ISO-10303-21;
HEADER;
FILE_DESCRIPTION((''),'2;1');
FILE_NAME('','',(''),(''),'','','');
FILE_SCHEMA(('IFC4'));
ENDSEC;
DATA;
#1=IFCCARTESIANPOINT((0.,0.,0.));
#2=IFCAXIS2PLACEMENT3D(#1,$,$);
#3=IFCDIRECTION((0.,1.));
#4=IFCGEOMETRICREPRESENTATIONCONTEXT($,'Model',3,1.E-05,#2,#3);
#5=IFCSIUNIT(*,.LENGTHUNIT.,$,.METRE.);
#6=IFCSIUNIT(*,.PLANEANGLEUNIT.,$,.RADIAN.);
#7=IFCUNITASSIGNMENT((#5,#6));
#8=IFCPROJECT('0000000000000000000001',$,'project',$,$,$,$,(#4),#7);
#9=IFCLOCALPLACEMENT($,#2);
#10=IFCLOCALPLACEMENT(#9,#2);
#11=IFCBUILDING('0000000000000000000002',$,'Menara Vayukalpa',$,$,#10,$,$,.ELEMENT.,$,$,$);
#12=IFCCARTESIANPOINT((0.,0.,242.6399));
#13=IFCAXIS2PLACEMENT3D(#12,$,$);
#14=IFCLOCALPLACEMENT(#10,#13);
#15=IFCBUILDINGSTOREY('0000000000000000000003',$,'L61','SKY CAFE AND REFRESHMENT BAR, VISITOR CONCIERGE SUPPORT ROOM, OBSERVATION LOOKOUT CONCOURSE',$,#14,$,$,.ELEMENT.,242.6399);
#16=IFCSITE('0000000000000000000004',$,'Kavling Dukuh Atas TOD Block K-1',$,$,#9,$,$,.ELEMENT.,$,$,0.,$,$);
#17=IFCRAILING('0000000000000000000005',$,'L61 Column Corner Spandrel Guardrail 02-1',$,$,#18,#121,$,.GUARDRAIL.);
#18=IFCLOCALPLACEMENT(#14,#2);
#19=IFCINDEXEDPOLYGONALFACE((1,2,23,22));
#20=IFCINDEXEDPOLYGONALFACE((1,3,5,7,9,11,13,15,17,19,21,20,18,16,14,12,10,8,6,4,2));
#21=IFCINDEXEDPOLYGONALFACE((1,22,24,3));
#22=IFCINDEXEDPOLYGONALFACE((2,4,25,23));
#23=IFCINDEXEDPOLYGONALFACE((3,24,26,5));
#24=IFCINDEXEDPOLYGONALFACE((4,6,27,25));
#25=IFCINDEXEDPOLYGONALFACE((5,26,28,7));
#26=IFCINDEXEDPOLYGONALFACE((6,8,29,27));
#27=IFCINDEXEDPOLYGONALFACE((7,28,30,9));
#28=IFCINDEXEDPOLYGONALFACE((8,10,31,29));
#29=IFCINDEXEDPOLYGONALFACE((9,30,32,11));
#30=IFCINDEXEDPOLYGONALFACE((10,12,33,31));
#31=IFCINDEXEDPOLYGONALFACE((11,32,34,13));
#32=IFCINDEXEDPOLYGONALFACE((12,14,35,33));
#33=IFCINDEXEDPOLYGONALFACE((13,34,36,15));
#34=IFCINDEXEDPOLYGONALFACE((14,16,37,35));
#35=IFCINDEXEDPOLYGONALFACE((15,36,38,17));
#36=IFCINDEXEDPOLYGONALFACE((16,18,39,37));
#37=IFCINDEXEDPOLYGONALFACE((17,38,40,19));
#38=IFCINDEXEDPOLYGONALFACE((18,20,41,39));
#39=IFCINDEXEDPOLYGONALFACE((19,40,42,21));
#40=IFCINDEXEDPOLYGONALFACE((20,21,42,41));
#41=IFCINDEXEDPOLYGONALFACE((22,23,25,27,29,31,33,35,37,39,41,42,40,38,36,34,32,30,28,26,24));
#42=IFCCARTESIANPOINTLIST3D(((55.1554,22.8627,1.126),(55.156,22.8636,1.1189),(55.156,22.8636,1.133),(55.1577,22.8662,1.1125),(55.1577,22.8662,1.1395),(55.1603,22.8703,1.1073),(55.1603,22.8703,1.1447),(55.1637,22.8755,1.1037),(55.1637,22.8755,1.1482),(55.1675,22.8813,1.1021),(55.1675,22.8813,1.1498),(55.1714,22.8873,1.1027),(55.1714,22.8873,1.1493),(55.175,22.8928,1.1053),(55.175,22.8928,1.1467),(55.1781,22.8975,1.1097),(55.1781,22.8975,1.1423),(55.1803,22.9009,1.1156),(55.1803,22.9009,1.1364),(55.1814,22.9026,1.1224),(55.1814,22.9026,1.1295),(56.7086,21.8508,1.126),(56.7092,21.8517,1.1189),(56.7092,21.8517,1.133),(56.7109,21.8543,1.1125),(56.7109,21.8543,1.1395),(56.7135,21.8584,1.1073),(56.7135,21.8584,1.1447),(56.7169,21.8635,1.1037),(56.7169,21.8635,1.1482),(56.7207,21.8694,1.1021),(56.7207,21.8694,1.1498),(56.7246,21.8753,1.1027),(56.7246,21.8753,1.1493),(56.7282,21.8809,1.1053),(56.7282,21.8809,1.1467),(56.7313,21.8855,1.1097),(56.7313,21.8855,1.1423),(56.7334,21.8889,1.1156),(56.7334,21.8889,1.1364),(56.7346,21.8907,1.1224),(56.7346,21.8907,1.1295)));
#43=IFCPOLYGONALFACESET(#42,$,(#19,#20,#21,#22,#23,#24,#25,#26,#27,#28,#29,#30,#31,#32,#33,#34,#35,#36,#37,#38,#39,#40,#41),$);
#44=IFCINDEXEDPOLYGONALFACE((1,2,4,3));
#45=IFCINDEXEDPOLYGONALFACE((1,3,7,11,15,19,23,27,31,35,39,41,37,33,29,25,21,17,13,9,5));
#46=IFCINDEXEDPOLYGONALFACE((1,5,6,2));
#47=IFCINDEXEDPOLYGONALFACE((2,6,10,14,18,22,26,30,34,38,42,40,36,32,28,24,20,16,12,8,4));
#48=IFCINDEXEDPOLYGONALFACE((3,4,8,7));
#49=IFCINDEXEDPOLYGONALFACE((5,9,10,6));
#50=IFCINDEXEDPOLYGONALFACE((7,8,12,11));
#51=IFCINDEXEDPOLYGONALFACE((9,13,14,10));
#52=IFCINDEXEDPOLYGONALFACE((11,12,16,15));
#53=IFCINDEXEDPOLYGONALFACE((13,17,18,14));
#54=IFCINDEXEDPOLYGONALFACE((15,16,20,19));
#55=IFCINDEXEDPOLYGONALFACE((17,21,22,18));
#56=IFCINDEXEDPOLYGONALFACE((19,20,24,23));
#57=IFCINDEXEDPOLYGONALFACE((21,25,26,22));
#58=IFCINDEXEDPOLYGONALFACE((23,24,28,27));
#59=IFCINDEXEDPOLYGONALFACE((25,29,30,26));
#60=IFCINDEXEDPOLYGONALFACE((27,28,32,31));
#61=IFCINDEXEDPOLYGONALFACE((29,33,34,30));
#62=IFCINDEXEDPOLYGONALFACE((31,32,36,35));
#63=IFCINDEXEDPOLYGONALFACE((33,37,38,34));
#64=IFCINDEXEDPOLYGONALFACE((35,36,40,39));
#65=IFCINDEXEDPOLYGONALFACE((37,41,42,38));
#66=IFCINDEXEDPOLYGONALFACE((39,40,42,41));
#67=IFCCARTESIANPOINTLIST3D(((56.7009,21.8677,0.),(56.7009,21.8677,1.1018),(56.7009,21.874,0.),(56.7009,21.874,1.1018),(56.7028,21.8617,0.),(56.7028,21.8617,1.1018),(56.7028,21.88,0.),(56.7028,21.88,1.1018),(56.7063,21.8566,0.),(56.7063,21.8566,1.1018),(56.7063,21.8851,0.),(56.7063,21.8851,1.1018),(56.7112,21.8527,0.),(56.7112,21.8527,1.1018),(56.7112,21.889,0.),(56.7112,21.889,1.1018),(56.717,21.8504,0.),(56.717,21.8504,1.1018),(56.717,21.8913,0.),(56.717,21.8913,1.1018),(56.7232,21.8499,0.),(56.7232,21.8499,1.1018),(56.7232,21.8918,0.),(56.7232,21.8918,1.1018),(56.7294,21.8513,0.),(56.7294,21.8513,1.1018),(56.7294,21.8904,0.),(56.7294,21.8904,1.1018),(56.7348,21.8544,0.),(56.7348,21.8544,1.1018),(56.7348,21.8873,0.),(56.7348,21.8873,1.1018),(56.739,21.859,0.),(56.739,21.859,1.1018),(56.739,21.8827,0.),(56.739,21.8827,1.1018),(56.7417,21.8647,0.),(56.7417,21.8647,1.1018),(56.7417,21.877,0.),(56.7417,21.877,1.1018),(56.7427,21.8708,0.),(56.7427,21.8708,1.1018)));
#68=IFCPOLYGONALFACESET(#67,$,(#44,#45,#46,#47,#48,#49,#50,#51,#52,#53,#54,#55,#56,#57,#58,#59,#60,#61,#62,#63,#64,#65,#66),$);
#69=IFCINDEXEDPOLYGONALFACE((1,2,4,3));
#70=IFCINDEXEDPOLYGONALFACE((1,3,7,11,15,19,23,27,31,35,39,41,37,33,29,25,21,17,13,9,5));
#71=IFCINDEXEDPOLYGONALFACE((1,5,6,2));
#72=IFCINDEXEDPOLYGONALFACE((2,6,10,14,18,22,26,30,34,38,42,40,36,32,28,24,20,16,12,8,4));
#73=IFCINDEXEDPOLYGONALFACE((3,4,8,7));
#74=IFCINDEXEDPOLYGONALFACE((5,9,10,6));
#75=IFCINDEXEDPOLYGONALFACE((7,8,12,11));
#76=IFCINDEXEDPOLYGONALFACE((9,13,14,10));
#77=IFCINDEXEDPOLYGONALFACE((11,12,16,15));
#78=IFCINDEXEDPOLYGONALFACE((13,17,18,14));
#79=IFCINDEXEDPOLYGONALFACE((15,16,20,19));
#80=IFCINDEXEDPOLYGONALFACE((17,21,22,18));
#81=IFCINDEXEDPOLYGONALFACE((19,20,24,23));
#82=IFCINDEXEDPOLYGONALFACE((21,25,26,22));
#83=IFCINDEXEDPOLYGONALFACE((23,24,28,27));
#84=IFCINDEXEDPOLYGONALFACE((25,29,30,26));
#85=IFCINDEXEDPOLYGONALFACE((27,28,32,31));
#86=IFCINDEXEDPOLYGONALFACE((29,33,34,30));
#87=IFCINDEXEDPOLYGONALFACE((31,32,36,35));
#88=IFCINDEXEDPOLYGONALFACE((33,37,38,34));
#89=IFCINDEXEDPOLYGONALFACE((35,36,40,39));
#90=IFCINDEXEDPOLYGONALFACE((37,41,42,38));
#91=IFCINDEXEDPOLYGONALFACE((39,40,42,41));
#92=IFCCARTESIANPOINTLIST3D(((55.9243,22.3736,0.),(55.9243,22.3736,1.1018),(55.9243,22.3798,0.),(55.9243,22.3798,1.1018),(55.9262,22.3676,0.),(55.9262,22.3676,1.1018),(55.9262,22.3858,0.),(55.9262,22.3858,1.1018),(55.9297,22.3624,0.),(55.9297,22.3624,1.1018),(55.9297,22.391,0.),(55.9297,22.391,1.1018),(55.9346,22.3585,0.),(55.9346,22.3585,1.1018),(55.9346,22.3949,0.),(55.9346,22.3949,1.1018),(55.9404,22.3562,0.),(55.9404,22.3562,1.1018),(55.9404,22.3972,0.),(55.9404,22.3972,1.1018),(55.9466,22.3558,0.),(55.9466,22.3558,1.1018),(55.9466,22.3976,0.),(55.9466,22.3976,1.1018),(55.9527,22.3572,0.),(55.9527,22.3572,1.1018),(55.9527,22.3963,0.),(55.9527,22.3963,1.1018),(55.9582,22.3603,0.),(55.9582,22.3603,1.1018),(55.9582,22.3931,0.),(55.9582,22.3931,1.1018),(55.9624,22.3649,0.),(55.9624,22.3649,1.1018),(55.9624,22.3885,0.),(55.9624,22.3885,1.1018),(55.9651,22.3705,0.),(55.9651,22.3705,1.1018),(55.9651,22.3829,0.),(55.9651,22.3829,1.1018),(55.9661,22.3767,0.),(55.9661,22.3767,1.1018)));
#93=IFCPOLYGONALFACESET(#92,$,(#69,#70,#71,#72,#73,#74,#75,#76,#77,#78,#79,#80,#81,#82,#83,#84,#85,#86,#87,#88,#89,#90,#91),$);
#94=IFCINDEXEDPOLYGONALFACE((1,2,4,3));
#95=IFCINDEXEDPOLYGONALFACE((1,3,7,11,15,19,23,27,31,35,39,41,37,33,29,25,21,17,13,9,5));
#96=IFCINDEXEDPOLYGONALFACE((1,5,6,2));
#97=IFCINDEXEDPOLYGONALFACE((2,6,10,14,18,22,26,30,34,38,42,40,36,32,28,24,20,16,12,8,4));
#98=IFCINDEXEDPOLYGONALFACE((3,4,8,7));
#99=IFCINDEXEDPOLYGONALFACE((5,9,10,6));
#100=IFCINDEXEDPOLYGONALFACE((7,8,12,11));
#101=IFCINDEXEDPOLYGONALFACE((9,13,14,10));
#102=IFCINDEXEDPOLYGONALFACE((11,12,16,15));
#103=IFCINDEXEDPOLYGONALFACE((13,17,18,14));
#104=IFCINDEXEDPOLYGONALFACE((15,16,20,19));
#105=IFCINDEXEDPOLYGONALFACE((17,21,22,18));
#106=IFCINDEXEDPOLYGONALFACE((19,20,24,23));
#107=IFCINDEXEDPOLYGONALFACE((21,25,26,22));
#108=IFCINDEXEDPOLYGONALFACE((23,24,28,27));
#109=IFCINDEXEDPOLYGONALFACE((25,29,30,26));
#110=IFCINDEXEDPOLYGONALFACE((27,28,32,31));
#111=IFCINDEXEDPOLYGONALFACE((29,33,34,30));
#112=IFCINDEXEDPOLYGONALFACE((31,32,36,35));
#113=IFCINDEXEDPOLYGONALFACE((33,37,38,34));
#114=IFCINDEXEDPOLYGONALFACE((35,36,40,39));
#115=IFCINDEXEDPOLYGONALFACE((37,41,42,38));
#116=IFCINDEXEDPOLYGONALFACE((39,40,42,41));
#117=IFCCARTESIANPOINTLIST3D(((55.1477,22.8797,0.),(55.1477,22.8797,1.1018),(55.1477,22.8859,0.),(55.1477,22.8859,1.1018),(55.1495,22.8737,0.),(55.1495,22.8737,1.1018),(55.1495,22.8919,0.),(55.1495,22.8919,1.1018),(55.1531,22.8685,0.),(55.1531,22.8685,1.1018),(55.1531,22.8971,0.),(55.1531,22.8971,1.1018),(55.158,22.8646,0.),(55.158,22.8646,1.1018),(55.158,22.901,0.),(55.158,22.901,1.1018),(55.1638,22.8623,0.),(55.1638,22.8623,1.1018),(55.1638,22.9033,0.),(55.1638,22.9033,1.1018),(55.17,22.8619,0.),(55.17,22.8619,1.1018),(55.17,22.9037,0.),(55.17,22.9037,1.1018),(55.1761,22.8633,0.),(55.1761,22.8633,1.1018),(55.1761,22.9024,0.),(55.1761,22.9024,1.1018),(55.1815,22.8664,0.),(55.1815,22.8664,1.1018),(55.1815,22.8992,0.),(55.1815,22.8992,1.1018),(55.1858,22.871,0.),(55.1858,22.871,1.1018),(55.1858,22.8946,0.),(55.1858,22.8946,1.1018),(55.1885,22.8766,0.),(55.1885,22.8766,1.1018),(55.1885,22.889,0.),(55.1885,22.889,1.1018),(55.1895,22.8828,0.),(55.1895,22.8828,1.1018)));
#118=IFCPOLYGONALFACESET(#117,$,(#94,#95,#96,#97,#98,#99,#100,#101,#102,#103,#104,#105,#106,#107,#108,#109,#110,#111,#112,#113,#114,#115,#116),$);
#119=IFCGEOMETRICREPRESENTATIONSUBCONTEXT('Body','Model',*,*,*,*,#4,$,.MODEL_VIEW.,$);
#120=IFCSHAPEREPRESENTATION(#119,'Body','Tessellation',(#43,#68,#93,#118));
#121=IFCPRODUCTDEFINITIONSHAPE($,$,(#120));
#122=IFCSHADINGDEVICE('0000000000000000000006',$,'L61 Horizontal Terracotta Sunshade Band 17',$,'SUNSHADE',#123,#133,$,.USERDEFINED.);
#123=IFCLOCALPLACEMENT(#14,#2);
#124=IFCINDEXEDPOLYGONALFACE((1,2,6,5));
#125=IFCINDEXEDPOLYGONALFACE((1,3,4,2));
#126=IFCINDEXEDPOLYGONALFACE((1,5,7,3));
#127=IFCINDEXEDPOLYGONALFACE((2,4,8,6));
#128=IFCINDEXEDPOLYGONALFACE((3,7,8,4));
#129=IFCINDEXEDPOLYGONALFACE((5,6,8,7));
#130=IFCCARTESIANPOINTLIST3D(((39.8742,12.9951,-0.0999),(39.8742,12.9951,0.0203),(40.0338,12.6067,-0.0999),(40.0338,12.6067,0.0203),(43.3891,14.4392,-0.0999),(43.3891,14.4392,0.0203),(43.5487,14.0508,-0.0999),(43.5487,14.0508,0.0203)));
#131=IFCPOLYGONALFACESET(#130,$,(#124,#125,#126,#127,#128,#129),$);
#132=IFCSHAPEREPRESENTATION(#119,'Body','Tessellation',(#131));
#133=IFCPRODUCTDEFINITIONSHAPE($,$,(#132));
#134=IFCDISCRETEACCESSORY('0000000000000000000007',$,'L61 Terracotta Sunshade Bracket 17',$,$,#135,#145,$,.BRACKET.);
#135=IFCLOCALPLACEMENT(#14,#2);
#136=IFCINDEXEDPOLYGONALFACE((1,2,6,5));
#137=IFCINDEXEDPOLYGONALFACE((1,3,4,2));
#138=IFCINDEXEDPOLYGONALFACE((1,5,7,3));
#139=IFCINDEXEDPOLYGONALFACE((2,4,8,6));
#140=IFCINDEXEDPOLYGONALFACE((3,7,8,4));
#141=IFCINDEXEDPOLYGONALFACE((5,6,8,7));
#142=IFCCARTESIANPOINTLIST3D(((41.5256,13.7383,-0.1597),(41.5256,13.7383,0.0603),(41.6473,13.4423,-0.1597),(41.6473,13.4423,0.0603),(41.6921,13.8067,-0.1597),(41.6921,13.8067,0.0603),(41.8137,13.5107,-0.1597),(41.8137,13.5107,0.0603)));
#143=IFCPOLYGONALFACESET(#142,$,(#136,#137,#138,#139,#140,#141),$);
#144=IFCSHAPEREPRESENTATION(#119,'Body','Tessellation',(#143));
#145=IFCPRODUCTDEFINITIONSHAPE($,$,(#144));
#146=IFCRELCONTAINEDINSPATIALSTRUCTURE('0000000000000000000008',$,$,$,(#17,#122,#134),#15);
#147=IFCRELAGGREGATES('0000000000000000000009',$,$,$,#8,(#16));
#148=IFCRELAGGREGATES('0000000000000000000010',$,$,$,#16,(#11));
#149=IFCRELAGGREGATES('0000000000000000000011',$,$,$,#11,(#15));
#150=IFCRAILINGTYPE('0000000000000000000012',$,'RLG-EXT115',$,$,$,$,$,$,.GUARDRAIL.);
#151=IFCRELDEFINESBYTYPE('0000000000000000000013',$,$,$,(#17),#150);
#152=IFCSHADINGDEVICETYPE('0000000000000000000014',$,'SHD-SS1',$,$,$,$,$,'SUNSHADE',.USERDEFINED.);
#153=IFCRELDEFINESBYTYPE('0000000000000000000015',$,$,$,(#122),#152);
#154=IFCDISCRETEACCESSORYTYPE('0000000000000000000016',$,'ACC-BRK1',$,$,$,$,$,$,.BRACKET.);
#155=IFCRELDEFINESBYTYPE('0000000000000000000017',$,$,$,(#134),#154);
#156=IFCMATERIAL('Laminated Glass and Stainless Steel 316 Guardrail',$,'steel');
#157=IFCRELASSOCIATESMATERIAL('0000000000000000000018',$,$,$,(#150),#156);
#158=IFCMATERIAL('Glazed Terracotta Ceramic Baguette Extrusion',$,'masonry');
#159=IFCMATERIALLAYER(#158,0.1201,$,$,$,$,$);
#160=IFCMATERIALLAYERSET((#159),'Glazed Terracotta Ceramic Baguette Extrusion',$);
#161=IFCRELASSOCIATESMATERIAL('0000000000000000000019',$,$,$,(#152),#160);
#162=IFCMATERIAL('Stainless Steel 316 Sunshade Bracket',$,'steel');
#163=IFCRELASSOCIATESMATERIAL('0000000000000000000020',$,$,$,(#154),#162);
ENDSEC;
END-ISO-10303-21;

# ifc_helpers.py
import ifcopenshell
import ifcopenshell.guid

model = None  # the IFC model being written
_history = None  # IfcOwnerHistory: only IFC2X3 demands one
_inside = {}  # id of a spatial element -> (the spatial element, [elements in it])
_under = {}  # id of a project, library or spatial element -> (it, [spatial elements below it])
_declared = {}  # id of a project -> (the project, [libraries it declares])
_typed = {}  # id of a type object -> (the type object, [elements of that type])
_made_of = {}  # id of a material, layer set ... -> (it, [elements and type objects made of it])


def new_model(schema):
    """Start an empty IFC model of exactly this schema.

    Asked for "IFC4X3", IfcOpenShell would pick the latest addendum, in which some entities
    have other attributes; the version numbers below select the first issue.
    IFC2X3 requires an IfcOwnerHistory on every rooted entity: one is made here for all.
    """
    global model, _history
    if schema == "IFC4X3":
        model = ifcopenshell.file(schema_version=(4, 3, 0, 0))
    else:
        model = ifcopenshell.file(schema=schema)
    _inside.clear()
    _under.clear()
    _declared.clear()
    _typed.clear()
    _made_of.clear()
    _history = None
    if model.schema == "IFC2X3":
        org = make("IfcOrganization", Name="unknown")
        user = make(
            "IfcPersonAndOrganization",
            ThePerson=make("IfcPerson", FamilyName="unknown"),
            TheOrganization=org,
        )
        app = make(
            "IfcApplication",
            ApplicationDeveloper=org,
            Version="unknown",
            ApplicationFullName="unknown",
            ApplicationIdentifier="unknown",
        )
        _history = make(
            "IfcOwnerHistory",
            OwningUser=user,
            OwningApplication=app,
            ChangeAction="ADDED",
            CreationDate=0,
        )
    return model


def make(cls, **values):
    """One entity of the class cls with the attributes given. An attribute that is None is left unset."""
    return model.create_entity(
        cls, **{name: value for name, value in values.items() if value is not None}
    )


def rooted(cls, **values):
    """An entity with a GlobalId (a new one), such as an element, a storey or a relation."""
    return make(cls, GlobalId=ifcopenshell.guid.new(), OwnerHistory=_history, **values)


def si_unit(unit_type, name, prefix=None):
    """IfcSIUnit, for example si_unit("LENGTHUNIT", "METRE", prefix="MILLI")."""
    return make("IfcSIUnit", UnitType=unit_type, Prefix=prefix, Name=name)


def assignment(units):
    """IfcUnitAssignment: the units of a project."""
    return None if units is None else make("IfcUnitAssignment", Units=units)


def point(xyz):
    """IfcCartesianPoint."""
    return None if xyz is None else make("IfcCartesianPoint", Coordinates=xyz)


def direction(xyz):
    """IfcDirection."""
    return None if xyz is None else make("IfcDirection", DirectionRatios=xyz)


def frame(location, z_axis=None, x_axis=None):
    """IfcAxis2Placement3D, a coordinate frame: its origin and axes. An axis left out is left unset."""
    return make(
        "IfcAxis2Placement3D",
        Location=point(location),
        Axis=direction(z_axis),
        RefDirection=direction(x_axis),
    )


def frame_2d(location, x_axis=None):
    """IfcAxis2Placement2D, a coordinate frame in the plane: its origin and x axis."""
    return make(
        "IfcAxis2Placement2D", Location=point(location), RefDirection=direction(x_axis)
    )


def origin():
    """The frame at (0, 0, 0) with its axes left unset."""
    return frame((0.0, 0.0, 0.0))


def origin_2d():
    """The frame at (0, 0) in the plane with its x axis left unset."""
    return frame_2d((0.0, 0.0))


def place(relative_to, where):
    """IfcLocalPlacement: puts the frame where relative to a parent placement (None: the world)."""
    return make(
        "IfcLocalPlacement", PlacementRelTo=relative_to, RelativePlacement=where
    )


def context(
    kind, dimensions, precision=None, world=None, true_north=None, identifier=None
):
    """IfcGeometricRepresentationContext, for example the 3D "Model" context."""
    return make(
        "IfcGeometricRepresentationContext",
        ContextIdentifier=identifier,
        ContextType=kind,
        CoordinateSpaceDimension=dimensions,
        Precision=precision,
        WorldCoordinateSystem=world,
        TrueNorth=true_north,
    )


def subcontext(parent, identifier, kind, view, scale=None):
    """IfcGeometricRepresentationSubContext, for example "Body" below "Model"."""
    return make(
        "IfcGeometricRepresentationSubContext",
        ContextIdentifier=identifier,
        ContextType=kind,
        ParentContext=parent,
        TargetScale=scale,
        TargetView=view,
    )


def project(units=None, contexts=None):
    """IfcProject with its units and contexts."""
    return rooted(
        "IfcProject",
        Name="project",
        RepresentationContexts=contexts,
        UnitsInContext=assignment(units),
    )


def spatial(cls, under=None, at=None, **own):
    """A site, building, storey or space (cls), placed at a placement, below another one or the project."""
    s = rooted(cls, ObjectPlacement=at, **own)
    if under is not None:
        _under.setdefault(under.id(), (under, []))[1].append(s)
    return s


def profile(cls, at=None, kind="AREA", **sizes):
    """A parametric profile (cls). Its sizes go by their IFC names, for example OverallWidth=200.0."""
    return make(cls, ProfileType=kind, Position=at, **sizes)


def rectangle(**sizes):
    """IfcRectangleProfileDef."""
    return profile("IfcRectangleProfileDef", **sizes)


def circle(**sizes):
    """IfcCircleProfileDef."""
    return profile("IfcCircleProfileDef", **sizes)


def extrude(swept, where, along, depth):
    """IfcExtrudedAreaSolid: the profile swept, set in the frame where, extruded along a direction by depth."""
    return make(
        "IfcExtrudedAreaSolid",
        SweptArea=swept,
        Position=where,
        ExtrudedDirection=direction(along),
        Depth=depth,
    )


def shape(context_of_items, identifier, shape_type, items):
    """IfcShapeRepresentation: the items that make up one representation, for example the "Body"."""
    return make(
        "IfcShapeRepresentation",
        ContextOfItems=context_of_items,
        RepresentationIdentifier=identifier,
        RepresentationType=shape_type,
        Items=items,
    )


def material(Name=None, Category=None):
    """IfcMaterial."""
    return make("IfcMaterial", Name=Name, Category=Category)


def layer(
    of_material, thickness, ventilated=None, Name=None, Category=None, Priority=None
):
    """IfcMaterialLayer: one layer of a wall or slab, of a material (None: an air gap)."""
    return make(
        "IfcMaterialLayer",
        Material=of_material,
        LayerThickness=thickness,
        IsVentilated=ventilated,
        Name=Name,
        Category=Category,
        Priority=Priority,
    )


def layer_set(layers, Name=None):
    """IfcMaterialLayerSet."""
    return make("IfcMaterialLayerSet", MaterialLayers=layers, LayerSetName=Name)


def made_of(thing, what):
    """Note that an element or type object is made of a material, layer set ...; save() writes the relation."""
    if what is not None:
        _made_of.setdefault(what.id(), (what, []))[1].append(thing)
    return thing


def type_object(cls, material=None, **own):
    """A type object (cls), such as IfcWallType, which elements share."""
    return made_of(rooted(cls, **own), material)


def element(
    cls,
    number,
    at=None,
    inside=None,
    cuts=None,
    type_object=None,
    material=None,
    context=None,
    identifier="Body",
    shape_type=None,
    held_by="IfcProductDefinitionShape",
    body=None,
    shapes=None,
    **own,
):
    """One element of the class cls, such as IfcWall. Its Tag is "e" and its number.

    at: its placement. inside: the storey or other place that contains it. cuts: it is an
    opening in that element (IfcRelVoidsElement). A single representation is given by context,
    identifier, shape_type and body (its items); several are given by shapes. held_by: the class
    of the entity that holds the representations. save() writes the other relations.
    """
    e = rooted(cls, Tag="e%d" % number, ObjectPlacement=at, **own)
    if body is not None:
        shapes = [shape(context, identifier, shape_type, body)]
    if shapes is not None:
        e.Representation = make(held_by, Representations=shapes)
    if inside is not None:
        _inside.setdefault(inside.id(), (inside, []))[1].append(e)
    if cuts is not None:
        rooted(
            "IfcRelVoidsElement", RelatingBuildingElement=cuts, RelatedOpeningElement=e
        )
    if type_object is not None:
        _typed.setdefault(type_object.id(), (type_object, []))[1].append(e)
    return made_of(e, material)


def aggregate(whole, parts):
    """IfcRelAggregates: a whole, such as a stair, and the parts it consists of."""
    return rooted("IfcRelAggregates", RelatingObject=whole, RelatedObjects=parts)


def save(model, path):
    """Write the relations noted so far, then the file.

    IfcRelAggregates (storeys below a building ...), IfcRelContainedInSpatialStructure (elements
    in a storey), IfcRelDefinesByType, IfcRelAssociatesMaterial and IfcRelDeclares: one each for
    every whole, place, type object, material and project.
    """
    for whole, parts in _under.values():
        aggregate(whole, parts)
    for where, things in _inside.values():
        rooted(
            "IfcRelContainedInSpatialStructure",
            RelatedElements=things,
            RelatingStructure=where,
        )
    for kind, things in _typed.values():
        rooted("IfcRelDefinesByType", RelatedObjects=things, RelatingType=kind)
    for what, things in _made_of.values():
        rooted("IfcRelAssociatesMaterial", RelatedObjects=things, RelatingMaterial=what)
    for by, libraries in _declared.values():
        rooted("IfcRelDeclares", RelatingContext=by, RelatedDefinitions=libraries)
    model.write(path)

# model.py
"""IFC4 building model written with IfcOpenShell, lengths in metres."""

from ifc_helpers import new_model, si_unit, direction, frame, origin, origin_2d, place, context, subcontext, project, spatial, rectangle, circle, extrude, material, layer, layer_set, type_object, element, save


model = new_model("IFC4")

# Units and contexts
model_context = context("Model", 3, precision=1e-05, world=origin(), true_north=direction((0.0, 1.0)))
body_context = subcontext(model_context, "Body", "Model", "MODEL_VIEW")
ifc_project = project(units=[si_unit("LENGTHUNIT", "METRE"), si_unit("PLANEANGLEUNIT", "RADIAN")], contexts=[model_context])

# Site, building, storey
site_placement = place(None, origin())
site = spatial("IfcSite", under=ifc_project, at=site_placement, Name="Kavling Dukuh Atas TOD Block K-1", CompositionType="ELEMENT", RefElevation=0.0)
building_placement = place(site_placement, origin())
building = spatial("IfcBuilding", under=site, at=building_placement, Name="Menara Vayukalpa", CompositionType="ELEMENT")
storey_placement = place(building_placement, frame((0.0, 0.0, 242.6399)))
storey = spatial("IfcBuildingStorey", under=building, at=storey_placement, Name="L61", Description="SKY CAFE AND REFRESHMENT BAR, VISITOR CONCIERGE SUPPORT ROOM, OBSERVATION LOOKOUT CONCOURSE", CompositionType="ELEMENT", Elevation=242.6399)

# Railing
ifc_material_1 = material(Name="Laminated Glass and Stainless Steel 316 Guardrail", Category="steel")
railing_type = type_object("IfcRailingType", Name="RLG-EXT115", PredefinedType="GUARDRAIL", material=ifc_material_1)
railing_1_placement = place(storey_placement, frame((56.7217, 21.8708, 0.0)))
element("IfcRailing", 1, at=railing_1_placement, inside=storey, type_object=railing_type, Name="L61 Column Corner Spandrel Guardrail 02-1", PredefinedType="GUARDRAIL", context=body_context, shape_type="SweptSolid", body=[
    extrude(circle(Radius=0.0239, at=origin_2d()), frame((0.0, 0.0, 1.126), z_axis=(-0.837859, 0.545886, 0.0), x_axis=(-0.545886, -0.837859, 0.0)), (0.0, 0.0, 1.0), 1.8538),
    extrude(circle(Radius=0.021, at=origin_2d()), origin(), (0.0, 0.0, 1.0), 1.1018),
    extrude(circle(Radius=0.021, at=origin_2d()), frame((-0.7766, 0.5059, 0.0)), (0.0, 0.0, 1.0), 1.1018),
    extrude(circle(Radius=0.021, at=origin_2d()), frame((-1.5532, 1.012, 0.0)), (0.0, 0.0, 1.0), 1.1018),
])

# Shading device
ifc_material_2 = material(Name="Glazed Terracotta Ceramic Baguette Extrusion", Category="masonry")
ifc_layer_1 = layer(ifc_material_2, 0.1201)
ifc_layer_set_1 = layer_set([ifc_layer_1], Name="Glazed Terracotta Ceramic Baguette Extrusion")
shading_device_type = type_object("IfcShadingDeviceType", Name="SHD-SS1", ElementType="SUNSHADE", PredefinedType="USERDEFINED", material=ifc_layer_set_1)
shading_device_placement = place(storey_placement, frame((41.7114, 13.5229, -0.0999), z_axis=(0.0, 0.0, 1.0), x_axis=(0.924971, 0.380037, 0.0)))
element("IfcShadingDevice", 2, at=shading_device_placement, inside=storey, type_object=shading_device_type, Name="L61 Horizontal Terracotta Sunshade Band 17", ObjectType="SUNSHADE", PredefinedType="USERDEFINED", context=body_context, shape_type="SweptSolid", body=[
    extrude(rectangle(XDim=3.8, YDim=0.4199, at=origin_2d()), origin(), (0.0, 0.0, 1.0), 0.1201),
])

# Discrete accessory
ifc_material_3 = material(Name="Stainless Steel 316 Sunshade Bracket", Category="steel")
discrete_accessory_type = type_object("IfcDiscreteAccessoryType", Name="ACC-BRK1", PredefinedType="BRACKET", material=ifc_material_3)
discrete_accessory_placement = place(storey_placement, frame((41.6697, 13.6245, -0.1597), z_axis=(0.0, 0.0, 1.0), x_axis=(0.924971, 0.380037, 0.0)))
element("IfcDiscreteAccessory", 3, at=discrete_accessory_placement, inside=storey, type_object=discrete_accessory_type, Name="L61 Terracotta Sunshade Bracket 17", PredefinedType="BRACKET", context=body_context, shape_type="SweptSolid", body=[
    extrude(rectangle(XDim=0.1799, YDim=0.3201, at=origin_2d()), origin(), (0.0, 0.0, 1.0), 0.22),
])

save(model, "model.ifc")
